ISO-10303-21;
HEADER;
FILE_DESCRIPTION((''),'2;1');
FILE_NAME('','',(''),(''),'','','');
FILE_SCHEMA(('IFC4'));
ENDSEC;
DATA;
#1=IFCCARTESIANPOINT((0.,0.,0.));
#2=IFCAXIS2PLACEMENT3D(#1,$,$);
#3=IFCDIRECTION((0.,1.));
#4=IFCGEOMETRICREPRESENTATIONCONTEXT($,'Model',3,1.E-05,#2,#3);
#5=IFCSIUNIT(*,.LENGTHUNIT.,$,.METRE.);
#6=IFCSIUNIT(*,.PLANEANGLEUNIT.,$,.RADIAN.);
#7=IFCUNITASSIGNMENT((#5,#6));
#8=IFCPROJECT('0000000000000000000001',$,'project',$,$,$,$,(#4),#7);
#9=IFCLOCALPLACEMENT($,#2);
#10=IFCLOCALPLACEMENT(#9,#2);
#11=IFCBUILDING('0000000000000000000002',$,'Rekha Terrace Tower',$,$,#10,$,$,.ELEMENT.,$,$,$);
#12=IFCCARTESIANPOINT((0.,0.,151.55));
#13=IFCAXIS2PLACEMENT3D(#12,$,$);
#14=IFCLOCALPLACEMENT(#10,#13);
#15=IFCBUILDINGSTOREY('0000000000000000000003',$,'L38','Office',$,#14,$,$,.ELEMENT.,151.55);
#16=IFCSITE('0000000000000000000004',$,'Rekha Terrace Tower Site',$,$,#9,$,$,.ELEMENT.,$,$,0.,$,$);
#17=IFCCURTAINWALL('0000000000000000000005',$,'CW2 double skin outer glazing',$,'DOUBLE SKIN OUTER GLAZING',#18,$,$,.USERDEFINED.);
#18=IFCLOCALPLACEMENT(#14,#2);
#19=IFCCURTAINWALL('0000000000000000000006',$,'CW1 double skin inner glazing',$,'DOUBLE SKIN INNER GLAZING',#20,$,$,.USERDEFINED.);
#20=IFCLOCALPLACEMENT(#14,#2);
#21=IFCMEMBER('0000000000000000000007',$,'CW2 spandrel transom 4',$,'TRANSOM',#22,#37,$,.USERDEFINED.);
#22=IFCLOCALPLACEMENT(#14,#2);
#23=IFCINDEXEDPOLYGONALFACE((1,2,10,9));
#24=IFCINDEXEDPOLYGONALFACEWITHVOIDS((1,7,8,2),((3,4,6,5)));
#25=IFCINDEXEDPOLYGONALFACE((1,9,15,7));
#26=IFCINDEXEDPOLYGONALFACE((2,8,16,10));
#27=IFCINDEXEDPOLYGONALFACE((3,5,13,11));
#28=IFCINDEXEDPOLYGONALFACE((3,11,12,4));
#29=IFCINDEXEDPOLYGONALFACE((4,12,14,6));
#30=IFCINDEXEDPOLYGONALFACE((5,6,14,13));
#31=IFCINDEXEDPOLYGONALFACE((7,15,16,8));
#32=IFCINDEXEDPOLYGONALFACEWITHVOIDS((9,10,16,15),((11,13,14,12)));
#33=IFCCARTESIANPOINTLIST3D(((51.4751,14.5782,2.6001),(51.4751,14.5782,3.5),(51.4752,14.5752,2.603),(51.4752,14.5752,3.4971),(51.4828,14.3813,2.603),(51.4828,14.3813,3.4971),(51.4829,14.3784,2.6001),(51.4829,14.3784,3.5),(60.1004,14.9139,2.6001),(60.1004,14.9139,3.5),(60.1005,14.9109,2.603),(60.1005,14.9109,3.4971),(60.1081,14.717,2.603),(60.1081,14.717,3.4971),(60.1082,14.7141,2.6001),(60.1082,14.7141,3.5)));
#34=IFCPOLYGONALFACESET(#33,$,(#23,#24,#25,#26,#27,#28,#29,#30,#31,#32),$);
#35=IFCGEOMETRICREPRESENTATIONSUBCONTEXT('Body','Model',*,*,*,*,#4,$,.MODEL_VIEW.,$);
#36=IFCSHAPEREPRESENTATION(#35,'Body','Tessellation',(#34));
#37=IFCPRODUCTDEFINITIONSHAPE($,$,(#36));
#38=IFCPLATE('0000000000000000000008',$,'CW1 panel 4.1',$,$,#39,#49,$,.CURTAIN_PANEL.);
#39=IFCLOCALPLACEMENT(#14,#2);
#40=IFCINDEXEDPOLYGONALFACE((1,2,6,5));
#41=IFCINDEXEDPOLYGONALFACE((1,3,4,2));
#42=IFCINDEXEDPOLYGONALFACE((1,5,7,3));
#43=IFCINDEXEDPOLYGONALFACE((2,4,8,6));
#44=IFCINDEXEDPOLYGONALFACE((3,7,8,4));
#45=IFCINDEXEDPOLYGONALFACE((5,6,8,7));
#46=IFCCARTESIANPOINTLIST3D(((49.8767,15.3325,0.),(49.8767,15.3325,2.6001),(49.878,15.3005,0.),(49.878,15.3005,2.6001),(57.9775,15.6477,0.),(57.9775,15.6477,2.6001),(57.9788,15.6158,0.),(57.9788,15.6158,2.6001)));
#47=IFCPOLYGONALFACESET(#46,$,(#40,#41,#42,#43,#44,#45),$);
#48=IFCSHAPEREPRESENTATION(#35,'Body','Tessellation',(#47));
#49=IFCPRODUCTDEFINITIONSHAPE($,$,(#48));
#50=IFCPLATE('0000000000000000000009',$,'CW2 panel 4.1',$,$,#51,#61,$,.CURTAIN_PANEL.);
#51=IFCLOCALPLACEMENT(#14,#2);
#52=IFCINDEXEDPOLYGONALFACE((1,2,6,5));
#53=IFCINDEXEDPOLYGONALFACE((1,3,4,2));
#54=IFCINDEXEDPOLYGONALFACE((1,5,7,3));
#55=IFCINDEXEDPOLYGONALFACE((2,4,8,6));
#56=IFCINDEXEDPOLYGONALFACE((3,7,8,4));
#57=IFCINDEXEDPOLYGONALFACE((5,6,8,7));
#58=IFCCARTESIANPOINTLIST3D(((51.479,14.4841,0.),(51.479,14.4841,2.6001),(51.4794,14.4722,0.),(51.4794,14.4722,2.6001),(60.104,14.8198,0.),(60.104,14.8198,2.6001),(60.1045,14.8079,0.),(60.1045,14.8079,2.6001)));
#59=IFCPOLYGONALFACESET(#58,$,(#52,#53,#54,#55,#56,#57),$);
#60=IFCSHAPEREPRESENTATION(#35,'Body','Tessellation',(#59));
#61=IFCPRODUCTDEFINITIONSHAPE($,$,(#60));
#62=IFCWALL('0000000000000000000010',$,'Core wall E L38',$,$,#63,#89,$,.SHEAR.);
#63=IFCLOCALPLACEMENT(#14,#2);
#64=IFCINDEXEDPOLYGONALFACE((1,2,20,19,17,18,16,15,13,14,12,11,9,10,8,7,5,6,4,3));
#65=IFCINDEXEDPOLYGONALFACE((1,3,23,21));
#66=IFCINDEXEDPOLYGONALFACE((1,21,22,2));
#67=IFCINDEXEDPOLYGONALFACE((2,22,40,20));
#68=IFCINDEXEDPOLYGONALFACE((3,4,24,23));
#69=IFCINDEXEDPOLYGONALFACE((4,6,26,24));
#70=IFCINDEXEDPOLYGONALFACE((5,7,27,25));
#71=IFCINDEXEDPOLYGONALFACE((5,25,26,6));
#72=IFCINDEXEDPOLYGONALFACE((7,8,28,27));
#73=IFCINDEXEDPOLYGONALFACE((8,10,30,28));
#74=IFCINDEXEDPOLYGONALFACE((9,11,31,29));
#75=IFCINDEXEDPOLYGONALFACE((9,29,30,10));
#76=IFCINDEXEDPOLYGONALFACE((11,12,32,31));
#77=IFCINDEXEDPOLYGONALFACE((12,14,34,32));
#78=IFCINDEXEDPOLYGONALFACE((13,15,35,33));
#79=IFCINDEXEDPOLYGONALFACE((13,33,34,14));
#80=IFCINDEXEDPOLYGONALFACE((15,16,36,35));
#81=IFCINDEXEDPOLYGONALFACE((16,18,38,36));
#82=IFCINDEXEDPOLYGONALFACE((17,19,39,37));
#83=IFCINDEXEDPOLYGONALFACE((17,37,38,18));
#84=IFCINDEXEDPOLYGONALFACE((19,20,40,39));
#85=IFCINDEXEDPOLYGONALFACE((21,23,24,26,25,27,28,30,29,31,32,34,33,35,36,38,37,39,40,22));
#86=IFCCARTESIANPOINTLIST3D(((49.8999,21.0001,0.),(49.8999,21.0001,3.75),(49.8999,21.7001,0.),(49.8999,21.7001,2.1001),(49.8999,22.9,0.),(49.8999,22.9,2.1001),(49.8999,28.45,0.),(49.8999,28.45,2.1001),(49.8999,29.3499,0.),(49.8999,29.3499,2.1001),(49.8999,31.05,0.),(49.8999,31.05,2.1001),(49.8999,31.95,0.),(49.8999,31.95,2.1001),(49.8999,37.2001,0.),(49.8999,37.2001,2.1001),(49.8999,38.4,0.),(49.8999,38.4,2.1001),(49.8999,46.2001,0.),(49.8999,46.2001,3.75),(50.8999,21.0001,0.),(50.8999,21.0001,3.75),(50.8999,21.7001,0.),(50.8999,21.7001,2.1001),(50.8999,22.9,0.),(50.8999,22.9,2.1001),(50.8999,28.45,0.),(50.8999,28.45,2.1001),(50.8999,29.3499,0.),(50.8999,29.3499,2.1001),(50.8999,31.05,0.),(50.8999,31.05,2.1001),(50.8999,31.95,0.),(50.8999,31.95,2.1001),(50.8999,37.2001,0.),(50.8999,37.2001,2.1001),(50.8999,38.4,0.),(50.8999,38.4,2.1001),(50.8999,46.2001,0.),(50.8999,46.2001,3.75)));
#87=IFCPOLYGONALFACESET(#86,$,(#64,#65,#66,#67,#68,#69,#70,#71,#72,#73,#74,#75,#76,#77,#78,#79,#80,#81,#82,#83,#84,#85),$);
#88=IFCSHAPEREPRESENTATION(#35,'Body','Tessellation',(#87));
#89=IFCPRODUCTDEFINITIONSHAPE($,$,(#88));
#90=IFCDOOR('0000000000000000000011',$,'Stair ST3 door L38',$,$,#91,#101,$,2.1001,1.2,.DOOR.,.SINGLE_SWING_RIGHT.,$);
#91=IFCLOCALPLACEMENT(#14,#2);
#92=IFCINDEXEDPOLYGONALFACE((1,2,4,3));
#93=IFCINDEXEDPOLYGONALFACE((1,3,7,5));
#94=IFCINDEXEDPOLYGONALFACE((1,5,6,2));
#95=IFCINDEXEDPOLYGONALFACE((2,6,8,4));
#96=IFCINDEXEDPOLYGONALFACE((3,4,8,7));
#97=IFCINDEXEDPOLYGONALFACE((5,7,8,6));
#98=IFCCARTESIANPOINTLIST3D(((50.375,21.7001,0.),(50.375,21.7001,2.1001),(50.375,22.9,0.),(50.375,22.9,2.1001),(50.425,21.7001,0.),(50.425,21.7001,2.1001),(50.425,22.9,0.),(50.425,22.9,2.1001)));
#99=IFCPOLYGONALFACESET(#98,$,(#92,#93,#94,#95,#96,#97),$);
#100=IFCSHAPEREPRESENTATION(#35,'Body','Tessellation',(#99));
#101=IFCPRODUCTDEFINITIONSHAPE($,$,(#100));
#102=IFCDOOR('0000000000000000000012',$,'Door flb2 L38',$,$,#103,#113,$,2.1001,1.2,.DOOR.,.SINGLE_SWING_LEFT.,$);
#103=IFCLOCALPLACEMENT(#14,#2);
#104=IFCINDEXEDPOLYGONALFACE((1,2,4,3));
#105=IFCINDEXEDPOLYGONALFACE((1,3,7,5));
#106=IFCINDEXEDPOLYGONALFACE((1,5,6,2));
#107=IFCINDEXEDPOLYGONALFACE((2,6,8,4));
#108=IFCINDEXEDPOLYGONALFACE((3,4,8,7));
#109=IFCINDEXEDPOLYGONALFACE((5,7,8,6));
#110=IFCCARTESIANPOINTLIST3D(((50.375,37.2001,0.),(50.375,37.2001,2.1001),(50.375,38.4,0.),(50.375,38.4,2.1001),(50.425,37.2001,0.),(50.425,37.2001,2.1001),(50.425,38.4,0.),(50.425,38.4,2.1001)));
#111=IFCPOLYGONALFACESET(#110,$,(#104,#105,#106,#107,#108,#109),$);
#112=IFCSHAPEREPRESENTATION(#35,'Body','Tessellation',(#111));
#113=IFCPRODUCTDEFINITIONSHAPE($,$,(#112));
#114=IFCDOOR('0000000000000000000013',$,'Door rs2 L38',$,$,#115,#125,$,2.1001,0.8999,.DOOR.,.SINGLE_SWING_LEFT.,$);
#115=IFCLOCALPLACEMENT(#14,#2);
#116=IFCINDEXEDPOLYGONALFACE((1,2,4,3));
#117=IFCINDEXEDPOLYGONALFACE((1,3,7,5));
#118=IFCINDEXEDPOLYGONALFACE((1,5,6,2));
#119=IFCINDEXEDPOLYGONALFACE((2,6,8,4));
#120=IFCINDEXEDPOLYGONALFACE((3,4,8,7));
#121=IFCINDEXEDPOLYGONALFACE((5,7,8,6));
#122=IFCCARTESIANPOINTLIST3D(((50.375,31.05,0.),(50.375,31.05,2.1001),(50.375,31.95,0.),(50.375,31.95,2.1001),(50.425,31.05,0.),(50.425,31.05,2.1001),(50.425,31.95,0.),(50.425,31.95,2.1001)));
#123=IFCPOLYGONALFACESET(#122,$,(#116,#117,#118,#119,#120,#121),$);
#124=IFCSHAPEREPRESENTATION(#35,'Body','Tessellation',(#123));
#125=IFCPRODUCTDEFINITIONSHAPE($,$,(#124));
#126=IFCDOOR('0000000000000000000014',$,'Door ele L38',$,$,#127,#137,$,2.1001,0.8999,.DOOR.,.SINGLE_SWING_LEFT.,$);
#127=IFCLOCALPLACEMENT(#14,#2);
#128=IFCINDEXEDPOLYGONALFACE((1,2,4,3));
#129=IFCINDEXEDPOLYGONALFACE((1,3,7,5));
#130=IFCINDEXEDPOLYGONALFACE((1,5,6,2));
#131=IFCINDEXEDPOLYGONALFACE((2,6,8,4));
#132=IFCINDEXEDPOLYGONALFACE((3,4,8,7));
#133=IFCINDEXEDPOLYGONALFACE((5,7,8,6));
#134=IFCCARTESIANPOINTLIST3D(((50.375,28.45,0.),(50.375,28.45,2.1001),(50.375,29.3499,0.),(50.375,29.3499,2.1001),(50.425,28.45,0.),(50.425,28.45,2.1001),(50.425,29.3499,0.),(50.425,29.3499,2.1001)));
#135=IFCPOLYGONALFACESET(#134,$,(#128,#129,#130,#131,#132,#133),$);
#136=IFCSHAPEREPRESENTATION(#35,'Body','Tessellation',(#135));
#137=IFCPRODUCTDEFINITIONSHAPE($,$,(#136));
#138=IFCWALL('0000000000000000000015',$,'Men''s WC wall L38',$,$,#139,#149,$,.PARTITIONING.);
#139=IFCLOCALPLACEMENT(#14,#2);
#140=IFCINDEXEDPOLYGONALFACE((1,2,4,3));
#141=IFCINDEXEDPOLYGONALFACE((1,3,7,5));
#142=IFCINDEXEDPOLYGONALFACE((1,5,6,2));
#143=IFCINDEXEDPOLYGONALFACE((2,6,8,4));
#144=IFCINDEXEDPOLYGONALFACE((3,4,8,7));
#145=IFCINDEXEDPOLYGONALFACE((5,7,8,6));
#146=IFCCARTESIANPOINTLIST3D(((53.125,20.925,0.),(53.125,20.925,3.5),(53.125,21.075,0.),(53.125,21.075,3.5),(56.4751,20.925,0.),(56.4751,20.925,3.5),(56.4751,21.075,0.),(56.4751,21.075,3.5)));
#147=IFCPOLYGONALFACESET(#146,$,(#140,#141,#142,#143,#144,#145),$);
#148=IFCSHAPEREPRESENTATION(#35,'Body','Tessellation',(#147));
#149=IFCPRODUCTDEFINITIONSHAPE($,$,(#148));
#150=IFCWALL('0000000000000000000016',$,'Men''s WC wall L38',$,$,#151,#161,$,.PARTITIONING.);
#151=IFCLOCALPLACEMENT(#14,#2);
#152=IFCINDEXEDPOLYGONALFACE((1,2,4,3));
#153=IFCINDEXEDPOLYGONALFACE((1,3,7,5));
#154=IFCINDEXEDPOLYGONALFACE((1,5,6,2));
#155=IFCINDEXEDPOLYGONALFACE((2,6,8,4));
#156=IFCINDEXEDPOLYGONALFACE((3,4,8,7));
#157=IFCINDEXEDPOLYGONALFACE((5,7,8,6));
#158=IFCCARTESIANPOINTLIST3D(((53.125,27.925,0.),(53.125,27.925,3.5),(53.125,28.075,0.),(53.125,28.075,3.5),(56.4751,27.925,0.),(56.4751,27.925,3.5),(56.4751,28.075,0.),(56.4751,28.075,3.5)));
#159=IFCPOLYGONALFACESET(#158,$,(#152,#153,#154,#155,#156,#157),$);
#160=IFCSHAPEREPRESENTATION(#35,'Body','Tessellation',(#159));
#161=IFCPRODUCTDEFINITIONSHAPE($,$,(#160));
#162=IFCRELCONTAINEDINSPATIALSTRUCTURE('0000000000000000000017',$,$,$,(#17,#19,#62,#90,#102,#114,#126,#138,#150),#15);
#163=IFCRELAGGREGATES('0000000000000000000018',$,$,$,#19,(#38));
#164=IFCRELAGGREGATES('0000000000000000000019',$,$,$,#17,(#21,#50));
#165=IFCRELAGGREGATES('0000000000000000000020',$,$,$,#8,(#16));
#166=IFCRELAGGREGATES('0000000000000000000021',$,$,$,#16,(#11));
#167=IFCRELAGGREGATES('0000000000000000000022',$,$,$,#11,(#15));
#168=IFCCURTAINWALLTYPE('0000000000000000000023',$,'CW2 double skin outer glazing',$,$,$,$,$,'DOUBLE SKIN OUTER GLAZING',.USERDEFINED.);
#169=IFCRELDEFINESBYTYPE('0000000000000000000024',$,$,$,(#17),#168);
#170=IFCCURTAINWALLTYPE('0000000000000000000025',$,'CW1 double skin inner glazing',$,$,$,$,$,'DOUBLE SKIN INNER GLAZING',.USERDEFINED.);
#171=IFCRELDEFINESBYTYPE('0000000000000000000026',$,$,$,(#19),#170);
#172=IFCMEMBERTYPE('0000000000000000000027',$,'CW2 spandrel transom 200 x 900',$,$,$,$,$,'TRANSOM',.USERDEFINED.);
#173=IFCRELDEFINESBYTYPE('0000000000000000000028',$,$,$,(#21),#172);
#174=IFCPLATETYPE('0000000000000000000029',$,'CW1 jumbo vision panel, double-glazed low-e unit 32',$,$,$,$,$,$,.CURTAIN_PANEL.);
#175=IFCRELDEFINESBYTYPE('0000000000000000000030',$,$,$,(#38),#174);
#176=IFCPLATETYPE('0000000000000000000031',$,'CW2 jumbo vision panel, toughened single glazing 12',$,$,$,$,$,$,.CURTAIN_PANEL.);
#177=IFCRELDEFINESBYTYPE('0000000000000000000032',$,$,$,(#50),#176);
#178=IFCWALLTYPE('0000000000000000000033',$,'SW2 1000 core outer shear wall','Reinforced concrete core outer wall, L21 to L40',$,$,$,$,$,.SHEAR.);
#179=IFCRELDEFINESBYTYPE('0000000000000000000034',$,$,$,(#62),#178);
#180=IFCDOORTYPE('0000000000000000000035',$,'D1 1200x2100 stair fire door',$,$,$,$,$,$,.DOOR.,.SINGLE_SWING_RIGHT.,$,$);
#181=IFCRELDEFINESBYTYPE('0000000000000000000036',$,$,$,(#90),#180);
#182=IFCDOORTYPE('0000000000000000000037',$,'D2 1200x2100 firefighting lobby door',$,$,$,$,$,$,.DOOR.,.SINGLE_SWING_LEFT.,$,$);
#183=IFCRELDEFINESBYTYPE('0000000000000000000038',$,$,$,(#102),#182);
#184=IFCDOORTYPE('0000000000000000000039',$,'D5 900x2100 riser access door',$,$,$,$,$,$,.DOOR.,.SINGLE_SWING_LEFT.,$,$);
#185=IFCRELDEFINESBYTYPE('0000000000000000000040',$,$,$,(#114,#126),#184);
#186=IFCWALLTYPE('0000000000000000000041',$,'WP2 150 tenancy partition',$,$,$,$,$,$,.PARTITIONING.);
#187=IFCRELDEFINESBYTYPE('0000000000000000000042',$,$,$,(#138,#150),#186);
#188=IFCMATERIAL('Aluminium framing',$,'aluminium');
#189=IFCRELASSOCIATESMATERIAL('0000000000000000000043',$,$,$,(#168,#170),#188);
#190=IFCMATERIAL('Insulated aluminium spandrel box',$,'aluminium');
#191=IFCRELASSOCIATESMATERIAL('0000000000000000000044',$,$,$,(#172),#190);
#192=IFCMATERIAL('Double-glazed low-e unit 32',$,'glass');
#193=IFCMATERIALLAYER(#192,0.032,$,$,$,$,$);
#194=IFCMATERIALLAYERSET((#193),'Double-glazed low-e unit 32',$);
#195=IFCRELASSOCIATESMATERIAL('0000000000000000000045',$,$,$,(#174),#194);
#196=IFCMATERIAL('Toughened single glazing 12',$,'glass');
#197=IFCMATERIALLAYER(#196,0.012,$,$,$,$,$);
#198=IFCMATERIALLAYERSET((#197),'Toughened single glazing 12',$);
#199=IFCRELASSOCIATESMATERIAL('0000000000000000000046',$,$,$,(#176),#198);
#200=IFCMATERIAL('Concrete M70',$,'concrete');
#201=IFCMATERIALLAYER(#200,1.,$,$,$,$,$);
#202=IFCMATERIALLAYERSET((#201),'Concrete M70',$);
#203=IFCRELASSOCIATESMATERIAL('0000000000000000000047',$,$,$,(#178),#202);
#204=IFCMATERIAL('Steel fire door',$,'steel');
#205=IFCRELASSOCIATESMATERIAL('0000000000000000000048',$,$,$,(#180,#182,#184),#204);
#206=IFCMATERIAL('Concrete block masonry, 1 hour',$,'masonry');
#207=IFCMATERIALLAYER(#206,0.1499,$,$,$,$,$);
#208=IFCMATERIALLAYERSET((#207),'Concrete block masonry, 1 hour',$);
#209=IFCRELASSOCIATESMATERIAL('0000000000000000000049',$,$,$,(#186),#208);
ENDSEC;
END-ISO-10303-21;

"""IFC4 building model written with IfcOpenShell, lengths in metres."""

from ifc_helpers import new_model, si_unit, direction, frame, frame_2d, origin, origin_2d, place, context, subcontext, project, spatial, rectangle, hollow_rectangle, extrude, material, layer, layer_set, material_profile, profile_set, type_object, element, fill, aggregate, save


model = new_model("IFC4")

# Units and contexts
model_context = context("Model", 3, precision=1e-05, world=origin(), true_north=direction((0.0, 1.0)))
body_context = subcontext(model_context, "Body", "Model", "MODEL_VIEW")
ifc_project = project(units=[si_unit("LENGTHUNIT", "METRE"), si_unit("PLANEANGLEUNIT", "RADIAN")], contexts=[model_context])

# Site, building, storey
site_placement = place(None, origin())
site = spatial("IfcSite", under=ifc_project, at=site_placement, Name="Rekha Terrace Tower Site", CompositionType="ELEMENT", RefElevation=0.0)
building_placement = place(site_placement, origin())
building = spatial("IfcBuilding", under=site, at=building_placement, Name="Rekha Terrace Tower", CompositionType="ELEMENT")
storey_placement = place(building_placement, frame((0.0, 0.0, 151.55)))
storey = spatial("IfcBuildingStorey", under=building, at=storey_placement, Name="L38", Description="Office", CompositionType="ELEMENT", Elevation=151.55)

# Shared definitions
ifc_material_1 = material(Name="Concrete M70", Category="concrete")

# Curtain wall
ifc_material_2 = material(Name="Aluminium framing", Category="aluminium")
curtain_wall_type_1 = type_object("IfcCurtainWallType", Name="CW2 double skin outer glazing", ElementType="DOUBLE SKIN OUTER GLAZING", PredefinedType="USERDEFINED", material=ifc_material_2)
curtain_wall_1_placement = place(storey_placement, origin())
curtain_wall_1 = element("IfcCurtainWall", 1, at=curtain_wall_1_placement, inside=storey, type_object=curtain_wall_type_1, Name="CW2 double skin outer glazing", ObjectType="DOUBLE SKIN OUTER GLAZING", PredefinedType="USERDEFINED")

# Curtain wall
curtain_wall_type_2 = type_object("IfcCurtainWallType", Name="CW1 double skin inner glazing", ElementType="DOUBLE SKIN INNER GLAZING", PredefinedType="USERDEFINED", material=ifc_material_2)
curtain_wall_2_placement = place(storey_placement, origin())
curtain_wall_2 = element("IfcCurtainWall", 2, at=curtain_wall_2_placement, inside=storey, type_object=curtain_wall_type_2, Name="CW1 double skin inner glazing", ObjectType="DOUBLE SKIN INNER GLAZING", PredefinedType="USERDEFINED")
ifc_material_3 = material(Name="Insulated aluminium spandrel box", Category="aluminium")

# Member
ifc_material_profile_1 = material_profile(ifc_material_3, hollow_rectangle(XDim=0.2, YDim=0.8999, WallThickness=0.0029, at=origin_2d()), Name="AL SPANDREL BOX 200x900")
ifc_profile_set_1 = profile_set([ifc_material_profile_1], Name="Insulated aluminium spandrel box")
member_type_1 = type_object("IfcMemberType", Name="CW2 spandrel transom 200 x 900", ElementType="TRANSOM", PredefinedType="USERDEFINED", material=ifc_profile_set_1)
member_1_placement = place(storey_placement, frame((51.479, 14.4783, 3.05), z_axis=(0.999243, 0.03889, 0.0), x_axis=(-0.03889, 0.999243, 0.0)))
member_1 = element("IfcMember", 3, at=member_1_placement, type_object=member_type_1, Name="CW2 spandrel transom 4", ObjectType="TRANSOM", PredefinedType="USERDEFINED", context=body_context, shape_type="SweptSolid", body=[
    extrude(hollow_rectangle(XDim=0.2, YDim=0.8999, WallThickness=0.0029, at=origin_2d()), origin(), (0.0, 0.0, 1.0), 8.6318),
])

# Plates
ifc_material_4 = material(Name="Double-glazed low-e unit 32", Category="glass")
ifc_layer_1 = layer(ifc_material_4, 0.032)
ifc_layer_set_1 = layer_set([ifc_layer_1], Name="Double-glazed low-e unit 32")
plate_type_1 = type_object("IfcPlateType", Name="CW1 jumbo vision panel, double-glazed low-e unit 32", PredefinedType="CURTAIN_PANEL", material=ifc_layer_set_1)
plate_1_placement = place(storey_placement, frame((53.9277, 15.4741, 0.0), z_axis=(0.0, 0.0, 1.0), x_axis=(0.999243, 0.03889, 0.0)))
plate_1 = element("IfcPlate", 4, at=plate_1_placement, type_object=plate_type_1, Name="CW1 panel 4.1", PredefinedType="CURTAIN_PANEL", context=body_context, shape_type="SweptSolid", body=[
    extrude(rectangle(XDim=8.1069, YDim=0.032, at=origin_2d()), origin(), (0.0, 0.0, 1.0), 2.6001),
])
aggregate(curtain_wall_2, [plate_1])
ifc_material_5 = material(Name="Toughened single glazing 12", Category="glass")
ifc_layer_2 = layer(ifc_material_5, 0.012)
ifc_layer_set_2 = layer_set([ifc_layer_2], Name="Toughened single glazing 12")
plate_type_2 = type_object("IfcPlateType", Name="CW2 jumbo vision panel, toughened single glazing 12", PredefinedType="CURTAIN_PANEL", material=ifc_layer_set_2)
plate_2_placement = place(storey_placement, frame((55.7917, 14.646, 0.0), z_axis=(0.0, 0.0, 1.0), x_axis=(0.999243, 0.03889, 0.0)))
plate_2 = element("IfcPlate", 5, at=plate_2_placement, type_object=plate_type_2, Name="CW2 panel 4.1", PredefinedType="CURTAIN_PANEL", context=body_context, shape_type="SweptSolid", body=[
    extrude(rectangle(XDim=8.6316, YDim=0.012, at=origin_2d()), origin(), (0.0, 0.0, 1.0), 2.6001),
])
aggregate(curtain_wall_1, [member_1, plate_2])

# Wall, openings, doors
ifc_layer_3 = layer(ifc_material_1, 1.0)
ifc_layer_set_3 = layer_set([ifc_layer_3], Name="Concrete M70")
wall_type_1 = type_object("IfcWallType", Name="SW2 1000 core outer shear wall", Description="Reinforced concrete core outer wall, L21 to L40", PredefinedType="SHEAR", material=ifc_layer_set_3)
wall_1_placement = place(storey_placement, frame((50.3999, 21.0, 0.0), z_axis=(0.0, 0.0, 1.0), x_axis=(0.0, 1.0, 0.0)))
wall_1 = element("IfcWall", 6, at=wall_1_placement, inside=storey, type_object=wall_type_1, Name="Core wall E L38", PredefinedType="SHEAR", context=body_context, shape_type="SweptSolid", body=[
    extrude(rectangle(XDim=25.2, YDim=1.0, at=frame_2d((12.6001, 0.0))), origin(), (0.0, 0.0, 1.0), 3.75),
])
opening_1_placement = place(wall_1_placement, frame((16.2, 0.0, 0.0)))
opening_1 = element("IfcOpeningElement", 7, at=opening_1_placement, cuts=wall_1, PredefinedType="OPENING", context=body_context, shape_type="SweptSolid", body=[
    extrude(rectangle(XDim=1.2, YDim=2.1001, at=frame_2d((0.6001, 1.05))), frame((0.0, 0.51, 0.0), z_axis=(0.0, -1.0, 0.0), x_axis=(1.0, 0.0, 0.0)), (0.0, 0.0, 1.0), 1.02),
])
opening_2_placement = place(wall_1_placement, frame((10.05, 0.0, 0.0)))
opening_2 = element("IfcOpeningElement", 8, at=opening_2_placement, cuts=wall_1, PredefinedType="OPENING", context=body_context, shape_type="SweptSolid", body=[
    extrude(rectangle(XDim=0.8999, YDim=2.1001, at=frame_2d((0.45, 1.05))), frame((0.0, 0.51, 0.0), z_axis=(0.0, -1.0, 0.0), x_axis=(1.0, 0.0, 0.0)), (0.0, 0.0, 1.0), 1.02),
])
opening_3_placement = place(wall_1_placement, frame((7.45, 0.0, 0.0)))
opening_3 = element("IfcOpeningElement", 9, at=opening_3_placement, cuts=wall_1, PredefinedType="OPENING", context=body_context, shape_type="SweptSolid", body=[
    extrude(rectangle(XDim=0.8999, YDim=2.1001, at=frame_2d((0.45, 1.05))), frame((0.0, 0.51, 0.0), z_axis=(0.0, -1.0, 0.0), x_axis=(1.0, 0.0, 0.0)), (0.0, 0.0, 1.0), 1.02),
])
opening_4_placement = place(wall_1_placement, frame((0.7, 0.0, 0.0)))
opening_4 = element("IfcOpeningElement", 10, at=opening_4_placement, cuts=wall_1, PredefinedType="OPENING", context=body_context, shape_type="SweptSolid", body=[
    extrude(rectangle(XDim=1.2, YDim=2.1001, at=frame_2d((0.6001, 1.05))), frame((0.0, 0.51, 0.0), z_axis=(0.0, -1.0, 0.0), x_axis=(1.0, 0.0, 0.0)), (0.0, 0.0, 1.0), 1.02),
])
ifc_material_6 = material(Name="Steel fire door", Category="steel")
door_type_1 = type_object("IfcDoorType", Name="D1 1200x2100 stair fire door", OperationType="SINGLE_SWING_RIGHT", PredefinedType="DOOR", material=ifc_material_6)
door_1_placement = place(opening_4_placement, origin())
door_1 = element("IfcDoor", 11, at=door_1_placement, inside=storey, type_object=door_type_1, Name="Stair ST3 door L38", OperationType="SINGLE_SWING_RIGHT", OverallHeight=2.1001, OverallWidth=1.2, PredefinedType="DOOR", context=body_context, shape_type="SweptSolid", body=[
    extrude(rectangle(XDim=1.2, YDim=2.1001, at=frame_2d((0.6001, 1.05))), frame((0.0, 0.0249, 0.0), z_axis=(0.0, -1.0, 0.0), x_axis=(1.0, 0.0, 0.0)), (0.0, 0.0, 1.0), 0.05),
])
fill(opening_4, door_1)
door_type_2 = type_object("IfcDoorType", Name="D2 1200x2100 firefighting lobby door", OperationType="SINGLE_SWING_LEFT", PredefinedType="DOOR", material=ifc_material_6)
door_2_placement = place(opening_1_placement, origin())
door_2 = element("IfcDoor", 12, at=door_2_placement, inside=storey, type_object=door_type_2, Name="Door flb2 L38", OperationType="SINGLE_SWING_LEFT", OverallHeight=2.1001, OverallWidth=1.2, PredefinedType="DOOR", context=body_context, shape_type="SweptSolid", body=[
    extrude(rectangle(XDim=1.2, YDim=2.1001, at=frame_2d((0.6001, 1.05))), frame((0.0, 0.0249, 0.0), z_axis=(0.0, -1.0, 0.0), x_axis=(1.0, 0.0, 0.0)), (0.0, 0.0, 1.0), 0.05),
])
fill(opening_1, door_2)
door_type_3 = type_object("IfcDoorType", Name="D5 900x2100 riser access door", OperationType="SINGLE_SWING_LEFT", PredefinedType="DOOR", material=ifc_material_6)
door_3_placement = place(opening_2_placement, origin())
door_3 = element("IfcDoor", 13, at=door_3_placement, inside=storey, type_object=door_type_3, Name="Door rs2 L38", OperationType="SINGLE_SWING_LEFT", OverallHeight=2.1001, OverallWidth=0.8999, PredefinedType="DOOR", context=body_context, shape_type="SweptSolid", body=[
    extrude(rectangle(XDim=0.8999, YDim=2.1001, at=frame_2d((0.45, 1.05))), frame((0.0, 0.0249, 0.0), z_axis=(0.0, -1.0, 0.0), x_axis=(1.0, 0.0, 0.0)), (0.0, 0.0, 1.0), 0.05),
])
fill(opening_2, door_3)
door_4_placement = place(opening_3_placement, origin())
door_4 = element("IfcDoor", 14, at=door_4_placement, inside=storey, type_object=door_type_3, Name="Door ele L38", OperationType="SINGLE_SWING_LEFT", OverallHeight=2.1001, OverallWidth=0.8999, PredefinedType="DOOR", context=body_context, shape_type="SweptSolid", body=[
    extrude(rectangle(XDim=0.8999, YDim=2.1001, at=frame_2d((0.45, 1.05))), frame((0.0, 0.0249, 0.0), z_axis=(0.0, -1.0, 0.0), x_axis=(1.0, 0.0, 0.0)), (0.0, 0.0, 1.0), 0.05),
])
fill(opening_3, door_4)

# Walls
ifc_material_7 = material(Name="Concrete block masonry, 1 hour", Category="masonry")
ifc_layer_4 = layer(ifc_material_7, 0.1499)
ifc_layer_set_4 = layer_set([ifc_layer_4], Name="Concrete block masonry, 1 hour")
wall_type_2 = type_object("IfcWallType", Name="WP2 150 tenancy partition", PredefinedType="PARTITIONING", material=ifc_layer_set_4)
for number, where, z_axis, x_axis, name in (
    (15, (53.125, 21.0, 0.0), (0.0, 0.0, 1.0), (1.0, 0.0, 0.0), "Men's WC wall L38"),
    (16, (53.125, 28.0, 0.0), (0.0, 0.0, 1.0), (1.0, 0.0, 0.0), "Men's WC wall L38"),
):
    element("IfcWall", number, at=place(storey_placement, frame(where, z_axis=z_axis, x_axis=x_axis)), inside=storey, type_object=wall_type_2, Name=name, PredefinedType="PARTITIONING", context=body_context, shape_type="SweptSolid", body=[
        extrude(rectangle(XDim=3.3501, YDim=0.1499, at=frame_2d((1.675, 0.0))), origin(), (0.0, 0.0, 1.0), 3.5),
    ])

save(model, "model.ifc")
